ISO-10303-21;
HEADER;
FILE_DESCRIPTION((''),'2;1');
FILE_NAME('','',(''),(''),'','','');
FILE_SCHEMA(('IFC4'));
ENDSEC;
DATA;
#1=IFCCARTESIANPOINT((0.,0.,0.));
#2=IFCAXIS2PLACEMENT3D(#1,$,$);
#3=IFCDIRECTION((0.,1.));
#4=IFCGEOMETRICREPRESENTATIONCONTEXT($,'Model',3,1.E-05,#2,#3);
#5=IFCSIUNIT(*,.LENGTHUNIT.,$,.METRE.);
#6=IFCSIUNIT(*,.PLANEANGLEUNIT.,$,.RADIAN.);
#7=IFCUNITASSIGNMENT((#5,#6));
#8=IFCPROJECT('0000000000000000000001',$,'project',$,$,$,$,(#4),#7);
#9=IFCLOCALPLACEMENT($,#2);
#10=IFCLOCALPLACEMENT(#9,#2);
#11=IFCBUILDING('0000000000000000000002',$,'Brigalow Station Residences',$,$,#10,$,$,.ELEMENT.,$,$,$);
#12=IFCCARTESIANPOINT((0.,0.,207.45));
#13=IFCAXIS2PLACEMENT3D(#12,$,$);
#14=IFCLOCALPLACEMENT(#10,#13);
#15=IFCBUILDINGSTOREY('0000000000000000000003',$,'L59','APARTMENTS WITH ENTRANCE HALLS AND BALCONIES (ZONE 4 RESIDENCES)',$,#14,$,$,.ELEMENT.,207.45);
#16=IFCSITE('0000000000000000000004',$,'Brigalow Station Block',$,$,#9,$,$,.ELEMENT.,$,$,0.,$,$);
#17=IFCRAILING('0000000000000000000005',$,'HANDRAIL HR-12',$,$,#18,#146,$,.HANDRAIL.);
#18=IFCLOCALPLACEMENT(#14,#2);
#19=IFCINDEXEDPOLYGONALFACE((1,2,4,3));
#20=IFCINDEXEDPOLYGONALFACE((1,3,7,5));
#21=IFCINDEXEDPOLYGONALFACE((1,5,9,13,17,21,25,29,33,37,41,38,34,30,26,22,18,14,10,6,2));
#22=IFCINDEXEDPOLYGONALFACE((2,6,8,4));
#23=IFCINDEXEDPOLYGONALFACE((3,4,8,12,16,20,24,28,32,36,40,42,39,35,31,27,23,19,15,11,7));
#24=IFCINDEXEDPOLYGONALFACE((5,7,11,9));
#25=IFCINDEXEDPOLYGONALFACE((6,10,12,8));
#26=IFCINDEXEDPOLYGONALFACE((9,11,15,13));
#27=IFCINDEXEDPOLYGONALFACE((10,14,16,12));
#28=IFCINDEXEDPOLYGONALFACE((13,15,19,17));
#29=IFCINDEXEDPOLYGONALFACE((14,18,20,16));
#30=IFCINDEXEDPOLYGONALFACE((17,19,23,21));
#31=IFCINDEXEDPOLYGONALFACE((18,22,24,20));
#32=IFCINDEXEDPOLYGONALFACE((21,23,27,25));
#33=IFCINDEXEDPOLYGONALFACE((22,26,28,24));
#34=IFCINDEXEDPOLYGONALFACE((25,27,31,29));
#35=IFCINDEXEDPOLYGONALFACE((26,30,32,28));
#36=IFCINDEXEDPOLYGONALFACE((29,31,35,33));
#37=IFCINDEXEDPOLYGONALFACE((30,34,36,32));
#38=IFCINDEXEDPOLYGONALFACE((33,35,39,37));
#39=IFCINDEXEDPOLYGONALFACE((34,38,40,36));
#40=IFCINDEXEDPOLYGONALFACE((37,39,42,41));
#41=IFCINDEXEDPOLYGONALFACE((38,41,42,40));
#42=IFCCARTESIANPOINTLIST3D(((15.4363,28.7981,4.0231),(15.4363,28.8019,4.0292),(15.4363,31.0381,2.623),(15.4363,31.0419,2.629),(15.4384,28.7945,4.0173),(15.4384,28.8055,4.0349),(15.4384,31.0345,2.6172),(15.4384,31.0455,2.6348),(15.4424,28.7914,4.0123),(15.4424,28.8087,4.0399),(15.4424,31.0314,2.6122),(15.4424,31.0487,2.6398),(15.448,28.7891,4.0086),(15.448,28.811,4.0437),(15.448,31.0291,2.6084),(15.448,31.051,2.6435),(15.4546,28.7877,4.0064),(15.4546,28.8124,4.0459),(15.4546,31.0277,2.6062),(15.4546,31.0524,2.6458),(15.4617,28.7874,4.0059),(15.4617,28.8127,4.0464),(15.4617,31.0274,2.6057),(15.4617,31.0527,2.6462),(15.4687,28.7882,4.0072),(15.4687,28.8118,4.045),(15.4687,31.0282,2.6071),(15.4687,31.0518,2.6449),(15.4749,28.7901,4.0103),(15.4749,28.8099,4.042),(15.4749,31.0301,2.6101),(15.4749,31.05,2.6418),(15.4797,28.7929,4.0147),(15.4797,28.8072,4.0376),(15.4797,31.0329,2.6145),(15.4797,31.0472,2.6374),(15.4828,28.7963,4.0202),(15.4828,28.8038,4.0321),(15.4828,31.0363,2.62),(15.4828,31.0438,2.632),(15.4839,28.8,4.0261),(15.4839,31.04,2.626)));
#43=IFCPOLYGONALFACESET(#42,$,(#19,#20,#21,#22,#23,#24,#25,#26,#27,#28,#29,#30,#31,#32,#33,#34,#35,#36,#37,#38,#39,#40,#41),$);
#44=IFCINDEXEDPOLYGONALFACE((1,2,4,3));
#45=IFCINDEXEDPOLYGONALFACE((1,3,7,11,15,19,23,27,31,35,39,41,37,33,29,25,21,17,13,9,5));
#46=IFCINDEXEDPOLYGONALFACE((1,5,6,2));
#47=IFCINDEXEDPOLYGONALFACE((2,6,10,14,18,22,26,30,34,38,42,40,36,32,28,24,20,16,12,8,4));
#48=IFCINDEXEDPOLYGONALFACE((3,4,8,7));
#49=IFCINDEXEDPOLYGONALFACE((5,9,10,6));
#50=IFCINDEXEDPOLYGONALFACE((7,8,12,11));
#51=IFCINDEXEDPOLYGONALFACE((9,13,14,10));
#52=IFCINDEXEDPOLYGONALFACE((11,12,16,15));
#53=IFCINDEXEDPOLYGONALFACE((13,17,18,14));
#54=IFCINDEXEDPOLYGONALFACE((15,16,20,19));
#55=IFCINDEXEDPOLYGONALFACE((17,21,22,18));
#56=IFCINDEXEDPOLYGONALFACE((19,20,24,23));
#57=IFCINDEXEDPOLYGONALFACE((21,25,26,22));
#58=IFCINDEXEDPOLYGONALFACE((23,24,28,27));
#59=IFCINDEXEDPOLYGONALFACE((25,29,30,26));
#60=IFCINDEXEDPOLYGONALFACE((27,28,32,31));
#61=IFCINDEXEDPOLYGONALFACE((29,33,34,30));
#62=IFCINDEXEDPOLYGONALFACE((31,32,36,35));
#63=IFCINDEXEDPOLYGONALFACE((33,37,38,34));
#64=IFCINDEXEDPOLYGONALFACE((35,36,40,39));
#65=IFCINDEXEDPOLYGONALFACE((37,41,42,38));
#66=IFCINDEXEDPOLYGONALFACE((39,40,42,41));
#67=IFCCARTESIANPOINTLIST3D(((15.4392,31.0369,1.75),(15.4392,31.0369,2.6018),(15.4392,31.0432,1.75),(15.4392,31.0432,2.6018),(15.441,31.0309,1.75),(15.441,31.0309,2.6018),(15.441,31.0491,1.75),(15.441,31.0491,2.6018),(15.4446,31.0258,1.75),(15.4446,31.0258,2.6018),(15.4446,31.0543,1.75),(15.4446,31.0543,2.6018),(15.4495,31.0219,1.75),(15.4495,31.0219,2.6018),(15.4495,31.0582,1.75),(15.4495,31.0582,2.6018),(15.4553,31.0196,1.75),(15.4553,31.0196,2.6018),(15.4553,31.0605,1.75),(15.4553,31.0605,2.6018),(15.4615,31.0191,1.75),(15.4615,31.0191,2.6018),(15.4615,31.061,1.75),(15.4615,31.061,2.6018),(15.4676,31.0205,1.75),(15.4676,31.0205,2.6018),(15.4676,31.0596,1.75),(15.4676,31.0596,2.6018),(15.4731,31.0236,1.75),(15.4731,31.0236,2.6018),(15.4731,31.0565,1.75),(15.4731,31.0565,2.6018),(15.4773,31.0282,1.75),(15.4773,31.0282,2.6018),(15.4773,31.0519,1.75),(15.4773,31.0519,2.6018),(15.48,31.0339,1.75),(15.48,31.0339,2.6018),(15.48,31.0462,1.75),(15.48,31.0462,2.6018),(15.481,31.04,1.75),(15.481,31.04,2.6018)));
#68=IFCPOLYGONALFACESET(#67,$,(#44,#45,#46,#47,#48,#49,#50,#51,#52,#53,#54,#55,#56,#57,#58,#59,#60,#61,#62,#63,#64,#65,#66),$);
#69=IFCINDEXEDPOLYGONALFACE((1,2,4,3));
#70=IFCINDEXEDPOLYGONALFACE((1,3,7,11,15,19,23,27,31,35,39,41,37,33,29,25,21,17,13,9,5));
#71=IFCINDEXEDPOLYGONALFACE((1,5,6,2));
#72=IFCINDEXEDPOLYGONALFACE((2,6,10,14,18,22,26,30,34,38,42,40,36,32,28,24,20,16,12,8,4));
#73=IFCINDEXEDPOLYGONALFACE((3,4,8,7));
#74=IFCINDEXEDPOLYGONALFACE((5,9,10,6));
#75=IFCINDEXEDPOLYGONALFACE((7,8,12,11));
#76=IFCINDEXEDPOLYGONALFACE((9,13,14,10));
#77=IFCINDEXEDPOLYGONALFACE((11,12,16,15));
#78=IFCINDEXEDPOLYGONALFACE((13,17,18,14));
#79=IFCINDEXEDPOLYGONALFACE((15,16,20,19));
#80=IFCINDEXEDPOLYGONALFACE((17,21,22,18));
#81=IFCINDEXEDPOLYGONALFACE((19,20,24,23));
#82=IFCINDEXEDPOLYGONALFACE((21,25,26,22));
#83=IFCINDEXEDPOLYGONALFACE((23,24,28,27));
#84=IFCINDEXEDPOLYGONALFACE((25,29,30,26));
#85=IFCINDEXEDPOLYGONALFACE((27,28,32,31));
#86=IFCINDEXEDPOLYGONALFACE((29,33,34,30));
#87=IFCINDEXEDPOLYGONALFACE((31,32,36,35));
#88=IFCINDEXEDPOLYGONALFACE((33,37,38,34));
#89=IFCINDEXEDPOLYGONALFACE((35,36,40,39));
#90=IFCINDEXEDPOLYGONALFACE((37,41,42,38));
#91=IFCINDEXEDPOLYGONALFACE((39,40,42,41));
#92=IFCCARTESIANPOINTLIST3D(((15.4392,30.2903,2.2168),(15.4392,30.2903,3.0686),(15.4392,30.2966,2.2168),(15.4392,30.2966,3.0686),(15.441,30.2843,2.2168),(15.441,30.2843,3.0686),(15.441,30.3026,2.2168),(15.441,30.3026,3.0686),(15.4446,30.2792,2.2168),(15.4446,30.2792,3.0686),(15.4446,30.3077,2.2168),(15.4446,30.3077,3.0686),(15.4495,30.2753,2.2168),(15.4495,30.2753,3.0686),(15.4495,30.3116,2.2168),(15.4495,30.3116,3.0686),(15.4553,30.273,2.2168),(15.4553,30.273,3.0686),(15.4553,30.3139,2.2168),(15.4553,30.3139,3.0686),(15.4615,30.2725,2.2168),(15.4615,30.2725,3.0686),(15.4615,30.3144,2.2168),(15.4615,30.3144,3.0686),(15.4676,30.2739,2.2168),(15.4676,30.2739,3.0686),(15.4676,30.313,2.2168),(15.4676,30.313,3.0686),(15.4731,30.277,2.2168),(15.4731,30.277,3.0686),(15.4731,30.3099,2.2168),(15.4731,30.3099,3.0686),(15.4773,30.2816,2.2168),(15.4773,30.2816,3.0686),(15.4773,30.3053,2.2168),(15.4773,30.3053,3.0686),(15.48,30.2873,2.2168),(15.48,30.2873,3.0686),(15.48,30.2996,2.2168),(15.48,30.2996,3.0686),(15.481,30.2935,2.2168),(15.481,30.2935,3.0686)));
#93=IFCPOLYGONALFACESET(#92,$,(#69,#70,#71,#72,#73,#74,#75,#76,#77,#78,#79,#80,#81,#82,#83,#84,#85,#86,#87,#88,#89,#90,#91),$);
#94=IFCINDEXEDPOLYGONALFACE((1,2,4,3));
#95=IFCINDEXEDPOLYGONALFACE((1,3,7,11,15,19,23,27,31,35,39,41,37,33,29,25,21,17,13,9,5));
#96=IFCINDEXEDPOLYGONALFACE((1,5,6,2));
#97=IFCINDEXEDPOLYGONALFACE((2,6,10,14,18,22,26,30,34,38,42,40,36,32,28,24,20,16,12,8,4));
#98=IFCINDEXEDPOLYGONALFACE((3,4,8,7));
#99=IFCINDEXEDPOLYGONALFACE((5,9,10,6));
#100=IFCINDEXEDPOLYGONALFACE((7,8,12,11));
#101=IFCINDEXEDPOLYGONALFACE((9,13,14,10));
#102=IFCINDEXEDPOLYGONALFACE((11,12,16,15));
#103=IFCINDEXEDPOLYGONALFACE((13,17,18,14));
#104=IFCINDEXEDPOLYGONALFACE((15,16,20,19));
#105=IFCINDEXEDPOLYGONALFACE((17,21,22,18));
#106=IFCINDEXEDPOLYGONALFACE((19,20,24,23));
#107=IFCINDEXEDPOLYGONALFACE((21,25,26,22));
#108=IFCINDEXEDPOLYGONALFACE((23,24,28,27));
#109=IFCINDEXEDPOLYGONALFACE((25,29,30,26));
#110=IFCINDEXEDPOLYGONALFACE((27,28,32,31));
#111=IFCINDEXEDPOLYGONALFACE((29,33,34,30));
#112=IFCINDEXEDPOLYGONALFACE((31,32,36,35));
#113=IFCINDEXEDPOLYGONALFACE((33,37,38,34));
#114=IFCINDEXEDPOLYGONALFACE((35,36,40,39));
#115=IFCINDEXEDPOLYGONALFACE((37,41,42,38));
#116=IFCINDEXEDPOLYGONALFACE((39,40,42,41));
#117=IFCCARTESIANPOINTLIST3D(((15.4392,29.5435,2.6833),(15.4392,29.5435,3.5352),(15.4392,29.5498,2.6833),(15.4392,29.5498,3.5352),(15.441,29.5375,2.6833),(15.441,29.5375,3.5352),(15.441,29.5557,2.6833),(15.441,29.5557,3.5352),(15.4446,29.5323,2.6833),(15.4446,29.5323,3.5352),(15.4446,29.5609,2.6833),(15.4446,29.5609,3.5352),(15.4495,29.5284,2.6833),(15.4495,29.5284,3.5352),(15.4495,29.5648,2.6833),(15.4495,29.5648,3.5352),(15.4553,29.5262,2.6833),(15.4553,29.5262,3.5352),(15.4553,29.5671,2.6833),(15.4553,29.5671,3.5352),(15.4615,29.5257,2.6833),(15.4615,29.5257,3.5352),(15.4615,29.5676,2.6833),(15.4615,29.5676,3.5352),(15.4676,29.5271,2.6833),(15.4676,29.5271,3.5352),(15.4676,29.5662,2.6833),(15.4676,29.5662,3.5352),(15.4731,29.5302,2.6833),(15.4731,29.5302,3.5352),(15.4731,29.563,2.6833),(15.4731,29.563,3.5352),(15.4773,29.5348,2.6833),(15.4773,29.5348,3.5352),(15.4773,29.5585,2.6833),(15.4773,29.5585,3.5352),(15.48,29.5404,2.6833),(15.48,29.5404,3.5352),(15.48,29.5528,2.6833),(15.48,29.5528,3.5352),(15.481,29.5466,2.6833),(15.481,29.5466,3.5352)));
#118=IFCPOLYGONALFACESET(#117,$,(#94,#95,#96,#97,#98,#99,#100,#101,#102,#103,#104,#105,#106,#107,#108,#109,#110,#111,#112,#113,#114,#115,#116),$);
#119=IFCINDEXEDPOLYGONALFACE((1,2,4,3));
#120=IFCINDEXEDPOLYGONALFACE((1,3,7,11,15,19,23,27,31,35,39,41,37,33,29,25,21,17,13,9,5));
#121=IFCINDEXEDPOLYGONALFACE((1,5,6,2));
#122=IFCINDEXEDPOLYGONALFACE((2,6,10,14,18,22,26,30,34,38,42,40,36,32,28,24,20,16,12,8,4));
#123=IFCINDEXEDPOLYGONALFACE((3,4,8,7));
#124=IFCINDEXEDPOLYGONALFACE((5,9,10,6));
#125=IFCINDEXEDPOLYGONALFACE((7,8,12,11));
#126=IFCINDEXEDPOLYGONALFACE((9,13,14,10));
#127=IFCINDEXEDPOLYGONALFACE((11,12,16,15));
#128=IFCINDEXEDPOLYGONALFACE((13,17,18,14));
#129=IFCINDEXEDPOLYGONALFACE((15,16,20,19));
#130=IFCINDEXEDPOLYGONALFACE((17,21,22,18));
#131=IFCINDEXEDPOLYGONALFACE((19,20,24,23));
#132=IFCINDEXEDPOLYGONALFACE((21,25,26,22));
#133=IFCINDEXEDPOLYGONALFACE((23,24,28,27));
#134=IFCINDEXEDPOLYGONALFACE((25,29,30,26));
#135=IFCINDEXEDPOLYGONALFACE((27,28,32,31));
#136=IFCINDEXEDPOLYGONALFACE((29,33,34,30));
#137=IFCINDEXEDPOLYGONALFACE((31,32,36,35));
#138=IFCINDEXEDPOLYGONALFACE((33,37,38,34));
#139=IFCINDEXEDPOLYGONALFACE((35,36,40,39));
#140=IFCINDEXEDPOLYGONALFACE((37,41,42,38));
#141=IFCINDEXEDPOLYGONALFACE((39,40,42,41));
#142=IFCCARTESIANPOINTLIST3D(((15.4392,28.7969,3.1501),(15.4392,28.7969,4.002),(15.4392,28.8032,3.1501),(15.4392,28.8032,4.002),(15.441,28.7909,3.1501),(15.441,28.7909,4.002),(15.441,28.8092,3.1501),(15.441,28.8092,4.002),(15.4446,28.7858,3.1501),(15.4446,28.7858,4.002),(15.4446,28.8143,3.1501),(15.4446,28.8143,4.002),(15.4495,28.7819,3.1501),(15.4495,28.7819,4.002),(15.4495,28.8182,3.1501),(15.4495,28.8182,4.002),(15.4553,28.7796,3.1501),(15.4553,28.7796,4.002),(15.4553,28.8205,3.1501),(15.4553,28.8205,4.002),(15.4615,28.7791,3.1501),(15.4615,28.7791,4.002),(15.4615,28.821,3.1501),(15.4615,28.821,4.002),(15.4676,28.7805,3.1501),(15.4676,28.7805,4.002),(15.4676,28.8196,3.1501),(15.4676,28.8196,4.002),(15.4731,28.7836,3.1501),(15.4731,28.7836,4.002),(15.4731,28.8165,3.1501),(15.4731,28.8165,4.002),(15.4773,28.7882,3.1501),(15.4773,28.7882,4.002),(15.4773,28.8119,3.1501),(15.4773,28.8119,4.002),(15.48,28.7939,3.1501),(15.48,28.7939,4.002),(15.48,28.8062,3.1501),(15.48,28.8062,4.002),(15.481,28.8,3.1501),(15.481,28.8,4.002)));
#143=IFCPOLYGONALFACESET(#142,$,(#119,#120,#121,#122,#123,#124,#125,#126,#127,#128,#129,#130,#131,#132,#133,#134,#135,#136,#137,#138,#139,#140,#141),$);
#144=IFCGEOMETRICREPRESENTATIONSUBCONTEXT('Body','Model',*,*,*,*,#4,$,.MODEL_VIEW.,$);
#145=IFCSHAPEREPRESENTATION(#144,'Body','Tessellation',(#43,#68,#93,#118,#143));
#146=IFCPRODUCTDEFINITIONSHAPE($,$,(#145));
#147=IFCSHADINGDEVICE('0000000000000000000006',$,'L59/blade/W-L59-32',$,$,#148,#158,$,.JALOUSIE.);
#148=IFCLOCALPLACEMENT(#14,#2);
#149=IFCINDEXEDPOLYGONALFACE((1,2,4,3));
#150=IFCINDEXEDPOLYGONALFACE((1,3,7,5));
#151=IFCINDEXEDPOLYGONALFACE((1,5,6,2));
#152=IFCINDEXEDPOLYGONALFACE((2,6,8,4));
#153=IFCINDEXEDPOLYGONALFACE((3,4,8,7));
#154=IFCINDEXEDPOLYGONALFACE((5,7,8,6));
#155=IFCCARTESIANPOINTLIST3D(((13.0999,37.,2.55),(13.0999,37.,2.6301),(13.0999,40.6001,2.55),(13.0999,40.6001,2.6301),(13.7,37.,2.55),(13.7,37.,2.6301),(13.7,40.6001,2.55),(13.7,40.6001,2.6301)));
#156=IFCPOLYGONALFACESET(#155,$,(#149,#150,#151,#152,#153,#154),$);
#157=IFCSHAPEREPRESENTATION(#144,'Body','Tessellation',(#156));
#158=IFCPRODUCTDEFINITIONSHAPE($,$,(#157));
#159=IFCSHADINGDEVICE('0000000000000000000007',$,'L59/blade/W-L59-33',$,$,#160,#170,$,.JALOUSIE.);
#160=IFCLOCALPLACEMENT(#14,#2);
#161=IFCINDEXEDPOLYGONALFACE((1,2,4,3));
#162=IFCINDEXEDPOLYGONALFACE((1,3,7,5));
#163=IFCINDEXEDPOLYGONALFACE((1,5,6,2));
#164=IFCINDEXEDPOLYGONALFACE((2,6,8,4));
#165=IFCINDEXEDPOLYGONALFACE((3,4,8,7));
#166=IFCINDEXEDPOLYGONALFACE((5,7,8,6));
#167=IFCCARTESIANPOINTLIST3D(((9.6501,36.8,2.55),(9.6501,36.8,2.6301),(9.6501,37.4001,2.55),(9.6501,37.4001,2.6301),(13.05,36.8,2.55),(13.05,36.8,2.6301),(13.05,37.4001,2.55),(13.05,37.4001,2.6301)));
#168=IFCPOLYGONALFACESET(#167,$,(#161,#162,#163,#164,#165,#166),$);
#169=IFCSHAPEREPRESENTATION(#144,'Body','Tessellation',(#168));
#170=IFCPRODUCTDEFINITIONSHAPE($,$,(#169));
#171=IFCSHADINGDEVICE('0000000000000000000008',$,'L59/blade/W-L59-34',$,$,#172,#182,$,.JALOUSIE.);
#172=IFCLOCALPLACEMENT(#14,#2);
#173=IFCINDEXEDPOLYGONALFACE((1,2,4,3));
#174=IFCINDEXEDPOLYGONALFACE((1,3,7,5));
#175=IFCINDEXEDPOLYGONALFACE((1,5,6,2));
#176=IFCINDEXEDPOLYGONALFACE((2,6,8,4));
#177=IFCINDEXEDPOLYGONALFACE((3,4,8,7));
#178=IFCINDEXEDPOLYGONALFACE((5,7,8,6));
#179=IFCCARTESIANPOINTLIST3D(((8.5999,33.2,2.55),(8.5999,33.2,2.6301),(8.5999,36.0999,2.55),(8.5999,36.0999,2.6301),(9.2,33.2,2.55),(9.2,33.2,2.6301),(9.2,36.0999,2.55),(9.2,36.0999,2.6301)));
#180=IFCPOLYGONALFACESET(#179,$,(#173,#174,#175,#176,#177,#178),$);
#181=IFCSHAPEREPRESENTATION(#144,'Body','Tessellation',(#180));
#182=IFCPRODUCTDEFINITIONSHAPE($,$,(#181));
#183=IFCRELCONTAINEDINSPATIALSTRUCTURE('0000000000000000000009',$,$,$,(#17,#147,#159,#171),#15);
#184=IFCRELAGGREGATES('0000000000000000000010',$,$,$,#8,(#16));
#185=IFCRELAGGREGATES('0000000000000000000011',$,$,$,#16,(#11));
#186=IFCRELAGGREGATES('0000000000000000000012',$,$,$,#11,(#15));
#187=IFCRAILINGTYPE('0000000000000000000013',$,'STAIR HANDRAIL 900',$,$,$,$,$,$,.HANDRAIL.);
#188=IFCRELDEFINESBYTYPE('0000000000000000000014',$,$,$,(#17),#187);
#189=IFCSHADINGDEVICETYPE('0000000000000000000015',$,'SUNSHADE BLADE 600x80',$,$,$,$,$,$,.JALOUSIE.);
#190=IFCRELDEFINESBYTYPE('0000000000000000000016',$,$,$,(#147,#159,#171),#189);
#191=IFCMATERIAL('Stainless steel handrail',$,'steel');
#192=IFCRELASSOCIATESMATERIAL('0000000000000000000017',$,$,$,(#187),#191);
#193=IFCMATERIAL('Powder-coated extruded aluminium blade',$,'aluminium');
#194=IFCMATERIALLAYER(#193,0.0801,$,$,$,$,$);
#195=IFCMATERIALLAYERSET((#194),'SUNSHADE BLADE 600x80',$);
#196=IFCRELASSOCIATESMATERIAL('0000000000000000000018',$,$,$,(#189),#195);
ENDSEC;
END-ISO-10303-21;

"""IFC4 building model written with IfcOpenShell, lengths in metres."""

from ifc_helpers import new_model, si_unit, direction, frame, origin, origin_2d, place, context, subcontext, project, spatial, rectangle, circle, extrude, material, layer, layer_set, type_object, element, save


model = new_model("IFC4")

# Units and contexts
model_context = context("Model", 3, precision=1e-05, world=origin(), true_north=direction((0.0, 1.0)))
body_context = subcontext(model_context, "Body", "Model", "MODEL_VIEW")
ifc_project = project(units=[si_unit("LENGTHUNIT", "METRE"), si_unit("PLANEANGLEUNIT", "RADIAN")], contexts=[model_context])

# Site, building, storey
site_placement = place(None, origin())
site = spatial("IfcSite", under=ifc_project, at=site_placement, Name="Brigalow Station Block", CompositionType="ELEMENT", RefElevation=0.0)
building_placement = place(site_placement, origin())
building = spatial("IfcBuilding", under=site, at=building_placement, Name="Brigalow Station Residences", CompositionType="ELEMENT")
storey_placement = place(building_placement, frame((0.0, 0.0, 207.45)))
storey = spatial("IfcBuildingStorey", under=building, at=storey_placement, Name="L59", Description="APARTMENTS WITH ENTRANCE HALLS AND BALCONIES (ZONE 4 RESIDENCES)", CompositionType="ELEMENT", Elevation=207.45)

# Railing
ifc_material_1 = material(Name="Stainless steel handrail", Category="steel")
railing_type = type_object("IfcRailingType", Name="STAIR HANDRAIL 900", PredefinedType="HANDRAIL", material=ifc_material_1)
railing_placement = place(storey_placement, frame((15.46, 31.04, 1.75)))
element("IfcRailing", 1, at=railing_placement, inside=storey, type_object=railing_type, Name="HANDRAIL HR-12", PredefinedType="HANDRAIL", context=body_context, shape_type="SweptSolid", body=[
    extrude(circle(Radius=0.0239, at=origin_2d()), frame((0.0, 0.0, 0.876), z_axis=(0.0, -0.847972, 0.53004), x_axis=(1.0, 0.0, 0.0)), (0.0, 0.0, 1.0), 2.6416),
    extrude(circle(Radius=0.021, at=origin_2d()), origin(), (0.0, 0.0, 1.0), 0.8518),
    extrude(circle(Radius=0.021, at=origin_2d()), frame((0.0, -0.7466, 0.4668)), (0.0, 0.0, 1.0), 0.8518),
    extrude(circle(Radius=0.021, at=origin_2d()), frame((0.0, -1.4934, 0.9333)), (0.0, 0.0, 1.0), 0.8518),
    extrude(circle(Radius=0.021, at=origin_2d()), frame((0.0, -2.24, 1.4001)), (0.0, 0.0, 1.0), 0.8518),
])

# Shading devices
ifc_material_2 = material(Name="Powder-coated extruded aluminium blade", Category="aluminium")
ifc_layer_1 = layer(ifc_material_2, 0.0801)
ifc_layer_set_1 = layer_set([ifc_layer_1], Name="SUNSHADE BLADE 600x80")
shading_device_type = type_object("IfcShadingDeviceType", Name="SUNSHADE BLADE 600x80", PredefinedType="JALOUSIE", material=ifc_layer_set_1)
shading_device_1_placement = place(storey_placement, frame((13.3999, 38.8, 2.55), z_axis=(0.0, 0.0, 1.0), x_axis=(0.0, -1.0, 0.0)))
element("IfcShadingDevice", 2, at=shading_device_1_placement, inside=storey, type_object=shading_device_type, Name="L59/blade/W-L59-32", PredefinedType="JALOUSIE", context=body_context, shape_type="SweptSolid", body=[
    extrude(rectangle(XDim=3.6001, YDim=0.6001, at=origin_2d()), origin(), (0.0, 0.0, 1.0), 0.0801),
])
shading_device_2_placement = place(storey_placement, frame((11.3501, 37.1001, 2.55), z_axis=(0.0, 0.0, 1.0), x_axis=(-1.0, 0.0, 0.0)))
element("IfcShadingDevice", 3, at=shading_device_2_placement, inside=storey, type_object=shading_device_type, Name="L59/blade/W-L59-33", PredefinedType="JALOUSIE", context=body_context, shape_type="SweptSolid", body=[
    extrude(rectangle(XDim=3.3999, YDim=0.6001, at=origin_2d()), origin(), (0.0, 0.0, 1.0), 0.0801),
])
shading_device_3_placement = place(storey_placement, frame((8.8999, 34.6499, 2.55), z_axis=(0.0, 0.0, 1.0), x_axis=(0.0, -1.0, 0.0)))
element("IfcShadingDevice", 4, at=shading_device_3_placement, inside=storey, type_object=shading_device_type, Name="L59/blade/W-L59-34", PredefinedType="JALOUSIE", context=body_context, shape_type="SweptSolid", body=[
    extrude(rectangle(XDim=2.8999, YDim=0.6001, at=origin_2d()), origin(), (0.0, 0.0, 1.0), 0.0801),
])

save(model, "model.ifc")
